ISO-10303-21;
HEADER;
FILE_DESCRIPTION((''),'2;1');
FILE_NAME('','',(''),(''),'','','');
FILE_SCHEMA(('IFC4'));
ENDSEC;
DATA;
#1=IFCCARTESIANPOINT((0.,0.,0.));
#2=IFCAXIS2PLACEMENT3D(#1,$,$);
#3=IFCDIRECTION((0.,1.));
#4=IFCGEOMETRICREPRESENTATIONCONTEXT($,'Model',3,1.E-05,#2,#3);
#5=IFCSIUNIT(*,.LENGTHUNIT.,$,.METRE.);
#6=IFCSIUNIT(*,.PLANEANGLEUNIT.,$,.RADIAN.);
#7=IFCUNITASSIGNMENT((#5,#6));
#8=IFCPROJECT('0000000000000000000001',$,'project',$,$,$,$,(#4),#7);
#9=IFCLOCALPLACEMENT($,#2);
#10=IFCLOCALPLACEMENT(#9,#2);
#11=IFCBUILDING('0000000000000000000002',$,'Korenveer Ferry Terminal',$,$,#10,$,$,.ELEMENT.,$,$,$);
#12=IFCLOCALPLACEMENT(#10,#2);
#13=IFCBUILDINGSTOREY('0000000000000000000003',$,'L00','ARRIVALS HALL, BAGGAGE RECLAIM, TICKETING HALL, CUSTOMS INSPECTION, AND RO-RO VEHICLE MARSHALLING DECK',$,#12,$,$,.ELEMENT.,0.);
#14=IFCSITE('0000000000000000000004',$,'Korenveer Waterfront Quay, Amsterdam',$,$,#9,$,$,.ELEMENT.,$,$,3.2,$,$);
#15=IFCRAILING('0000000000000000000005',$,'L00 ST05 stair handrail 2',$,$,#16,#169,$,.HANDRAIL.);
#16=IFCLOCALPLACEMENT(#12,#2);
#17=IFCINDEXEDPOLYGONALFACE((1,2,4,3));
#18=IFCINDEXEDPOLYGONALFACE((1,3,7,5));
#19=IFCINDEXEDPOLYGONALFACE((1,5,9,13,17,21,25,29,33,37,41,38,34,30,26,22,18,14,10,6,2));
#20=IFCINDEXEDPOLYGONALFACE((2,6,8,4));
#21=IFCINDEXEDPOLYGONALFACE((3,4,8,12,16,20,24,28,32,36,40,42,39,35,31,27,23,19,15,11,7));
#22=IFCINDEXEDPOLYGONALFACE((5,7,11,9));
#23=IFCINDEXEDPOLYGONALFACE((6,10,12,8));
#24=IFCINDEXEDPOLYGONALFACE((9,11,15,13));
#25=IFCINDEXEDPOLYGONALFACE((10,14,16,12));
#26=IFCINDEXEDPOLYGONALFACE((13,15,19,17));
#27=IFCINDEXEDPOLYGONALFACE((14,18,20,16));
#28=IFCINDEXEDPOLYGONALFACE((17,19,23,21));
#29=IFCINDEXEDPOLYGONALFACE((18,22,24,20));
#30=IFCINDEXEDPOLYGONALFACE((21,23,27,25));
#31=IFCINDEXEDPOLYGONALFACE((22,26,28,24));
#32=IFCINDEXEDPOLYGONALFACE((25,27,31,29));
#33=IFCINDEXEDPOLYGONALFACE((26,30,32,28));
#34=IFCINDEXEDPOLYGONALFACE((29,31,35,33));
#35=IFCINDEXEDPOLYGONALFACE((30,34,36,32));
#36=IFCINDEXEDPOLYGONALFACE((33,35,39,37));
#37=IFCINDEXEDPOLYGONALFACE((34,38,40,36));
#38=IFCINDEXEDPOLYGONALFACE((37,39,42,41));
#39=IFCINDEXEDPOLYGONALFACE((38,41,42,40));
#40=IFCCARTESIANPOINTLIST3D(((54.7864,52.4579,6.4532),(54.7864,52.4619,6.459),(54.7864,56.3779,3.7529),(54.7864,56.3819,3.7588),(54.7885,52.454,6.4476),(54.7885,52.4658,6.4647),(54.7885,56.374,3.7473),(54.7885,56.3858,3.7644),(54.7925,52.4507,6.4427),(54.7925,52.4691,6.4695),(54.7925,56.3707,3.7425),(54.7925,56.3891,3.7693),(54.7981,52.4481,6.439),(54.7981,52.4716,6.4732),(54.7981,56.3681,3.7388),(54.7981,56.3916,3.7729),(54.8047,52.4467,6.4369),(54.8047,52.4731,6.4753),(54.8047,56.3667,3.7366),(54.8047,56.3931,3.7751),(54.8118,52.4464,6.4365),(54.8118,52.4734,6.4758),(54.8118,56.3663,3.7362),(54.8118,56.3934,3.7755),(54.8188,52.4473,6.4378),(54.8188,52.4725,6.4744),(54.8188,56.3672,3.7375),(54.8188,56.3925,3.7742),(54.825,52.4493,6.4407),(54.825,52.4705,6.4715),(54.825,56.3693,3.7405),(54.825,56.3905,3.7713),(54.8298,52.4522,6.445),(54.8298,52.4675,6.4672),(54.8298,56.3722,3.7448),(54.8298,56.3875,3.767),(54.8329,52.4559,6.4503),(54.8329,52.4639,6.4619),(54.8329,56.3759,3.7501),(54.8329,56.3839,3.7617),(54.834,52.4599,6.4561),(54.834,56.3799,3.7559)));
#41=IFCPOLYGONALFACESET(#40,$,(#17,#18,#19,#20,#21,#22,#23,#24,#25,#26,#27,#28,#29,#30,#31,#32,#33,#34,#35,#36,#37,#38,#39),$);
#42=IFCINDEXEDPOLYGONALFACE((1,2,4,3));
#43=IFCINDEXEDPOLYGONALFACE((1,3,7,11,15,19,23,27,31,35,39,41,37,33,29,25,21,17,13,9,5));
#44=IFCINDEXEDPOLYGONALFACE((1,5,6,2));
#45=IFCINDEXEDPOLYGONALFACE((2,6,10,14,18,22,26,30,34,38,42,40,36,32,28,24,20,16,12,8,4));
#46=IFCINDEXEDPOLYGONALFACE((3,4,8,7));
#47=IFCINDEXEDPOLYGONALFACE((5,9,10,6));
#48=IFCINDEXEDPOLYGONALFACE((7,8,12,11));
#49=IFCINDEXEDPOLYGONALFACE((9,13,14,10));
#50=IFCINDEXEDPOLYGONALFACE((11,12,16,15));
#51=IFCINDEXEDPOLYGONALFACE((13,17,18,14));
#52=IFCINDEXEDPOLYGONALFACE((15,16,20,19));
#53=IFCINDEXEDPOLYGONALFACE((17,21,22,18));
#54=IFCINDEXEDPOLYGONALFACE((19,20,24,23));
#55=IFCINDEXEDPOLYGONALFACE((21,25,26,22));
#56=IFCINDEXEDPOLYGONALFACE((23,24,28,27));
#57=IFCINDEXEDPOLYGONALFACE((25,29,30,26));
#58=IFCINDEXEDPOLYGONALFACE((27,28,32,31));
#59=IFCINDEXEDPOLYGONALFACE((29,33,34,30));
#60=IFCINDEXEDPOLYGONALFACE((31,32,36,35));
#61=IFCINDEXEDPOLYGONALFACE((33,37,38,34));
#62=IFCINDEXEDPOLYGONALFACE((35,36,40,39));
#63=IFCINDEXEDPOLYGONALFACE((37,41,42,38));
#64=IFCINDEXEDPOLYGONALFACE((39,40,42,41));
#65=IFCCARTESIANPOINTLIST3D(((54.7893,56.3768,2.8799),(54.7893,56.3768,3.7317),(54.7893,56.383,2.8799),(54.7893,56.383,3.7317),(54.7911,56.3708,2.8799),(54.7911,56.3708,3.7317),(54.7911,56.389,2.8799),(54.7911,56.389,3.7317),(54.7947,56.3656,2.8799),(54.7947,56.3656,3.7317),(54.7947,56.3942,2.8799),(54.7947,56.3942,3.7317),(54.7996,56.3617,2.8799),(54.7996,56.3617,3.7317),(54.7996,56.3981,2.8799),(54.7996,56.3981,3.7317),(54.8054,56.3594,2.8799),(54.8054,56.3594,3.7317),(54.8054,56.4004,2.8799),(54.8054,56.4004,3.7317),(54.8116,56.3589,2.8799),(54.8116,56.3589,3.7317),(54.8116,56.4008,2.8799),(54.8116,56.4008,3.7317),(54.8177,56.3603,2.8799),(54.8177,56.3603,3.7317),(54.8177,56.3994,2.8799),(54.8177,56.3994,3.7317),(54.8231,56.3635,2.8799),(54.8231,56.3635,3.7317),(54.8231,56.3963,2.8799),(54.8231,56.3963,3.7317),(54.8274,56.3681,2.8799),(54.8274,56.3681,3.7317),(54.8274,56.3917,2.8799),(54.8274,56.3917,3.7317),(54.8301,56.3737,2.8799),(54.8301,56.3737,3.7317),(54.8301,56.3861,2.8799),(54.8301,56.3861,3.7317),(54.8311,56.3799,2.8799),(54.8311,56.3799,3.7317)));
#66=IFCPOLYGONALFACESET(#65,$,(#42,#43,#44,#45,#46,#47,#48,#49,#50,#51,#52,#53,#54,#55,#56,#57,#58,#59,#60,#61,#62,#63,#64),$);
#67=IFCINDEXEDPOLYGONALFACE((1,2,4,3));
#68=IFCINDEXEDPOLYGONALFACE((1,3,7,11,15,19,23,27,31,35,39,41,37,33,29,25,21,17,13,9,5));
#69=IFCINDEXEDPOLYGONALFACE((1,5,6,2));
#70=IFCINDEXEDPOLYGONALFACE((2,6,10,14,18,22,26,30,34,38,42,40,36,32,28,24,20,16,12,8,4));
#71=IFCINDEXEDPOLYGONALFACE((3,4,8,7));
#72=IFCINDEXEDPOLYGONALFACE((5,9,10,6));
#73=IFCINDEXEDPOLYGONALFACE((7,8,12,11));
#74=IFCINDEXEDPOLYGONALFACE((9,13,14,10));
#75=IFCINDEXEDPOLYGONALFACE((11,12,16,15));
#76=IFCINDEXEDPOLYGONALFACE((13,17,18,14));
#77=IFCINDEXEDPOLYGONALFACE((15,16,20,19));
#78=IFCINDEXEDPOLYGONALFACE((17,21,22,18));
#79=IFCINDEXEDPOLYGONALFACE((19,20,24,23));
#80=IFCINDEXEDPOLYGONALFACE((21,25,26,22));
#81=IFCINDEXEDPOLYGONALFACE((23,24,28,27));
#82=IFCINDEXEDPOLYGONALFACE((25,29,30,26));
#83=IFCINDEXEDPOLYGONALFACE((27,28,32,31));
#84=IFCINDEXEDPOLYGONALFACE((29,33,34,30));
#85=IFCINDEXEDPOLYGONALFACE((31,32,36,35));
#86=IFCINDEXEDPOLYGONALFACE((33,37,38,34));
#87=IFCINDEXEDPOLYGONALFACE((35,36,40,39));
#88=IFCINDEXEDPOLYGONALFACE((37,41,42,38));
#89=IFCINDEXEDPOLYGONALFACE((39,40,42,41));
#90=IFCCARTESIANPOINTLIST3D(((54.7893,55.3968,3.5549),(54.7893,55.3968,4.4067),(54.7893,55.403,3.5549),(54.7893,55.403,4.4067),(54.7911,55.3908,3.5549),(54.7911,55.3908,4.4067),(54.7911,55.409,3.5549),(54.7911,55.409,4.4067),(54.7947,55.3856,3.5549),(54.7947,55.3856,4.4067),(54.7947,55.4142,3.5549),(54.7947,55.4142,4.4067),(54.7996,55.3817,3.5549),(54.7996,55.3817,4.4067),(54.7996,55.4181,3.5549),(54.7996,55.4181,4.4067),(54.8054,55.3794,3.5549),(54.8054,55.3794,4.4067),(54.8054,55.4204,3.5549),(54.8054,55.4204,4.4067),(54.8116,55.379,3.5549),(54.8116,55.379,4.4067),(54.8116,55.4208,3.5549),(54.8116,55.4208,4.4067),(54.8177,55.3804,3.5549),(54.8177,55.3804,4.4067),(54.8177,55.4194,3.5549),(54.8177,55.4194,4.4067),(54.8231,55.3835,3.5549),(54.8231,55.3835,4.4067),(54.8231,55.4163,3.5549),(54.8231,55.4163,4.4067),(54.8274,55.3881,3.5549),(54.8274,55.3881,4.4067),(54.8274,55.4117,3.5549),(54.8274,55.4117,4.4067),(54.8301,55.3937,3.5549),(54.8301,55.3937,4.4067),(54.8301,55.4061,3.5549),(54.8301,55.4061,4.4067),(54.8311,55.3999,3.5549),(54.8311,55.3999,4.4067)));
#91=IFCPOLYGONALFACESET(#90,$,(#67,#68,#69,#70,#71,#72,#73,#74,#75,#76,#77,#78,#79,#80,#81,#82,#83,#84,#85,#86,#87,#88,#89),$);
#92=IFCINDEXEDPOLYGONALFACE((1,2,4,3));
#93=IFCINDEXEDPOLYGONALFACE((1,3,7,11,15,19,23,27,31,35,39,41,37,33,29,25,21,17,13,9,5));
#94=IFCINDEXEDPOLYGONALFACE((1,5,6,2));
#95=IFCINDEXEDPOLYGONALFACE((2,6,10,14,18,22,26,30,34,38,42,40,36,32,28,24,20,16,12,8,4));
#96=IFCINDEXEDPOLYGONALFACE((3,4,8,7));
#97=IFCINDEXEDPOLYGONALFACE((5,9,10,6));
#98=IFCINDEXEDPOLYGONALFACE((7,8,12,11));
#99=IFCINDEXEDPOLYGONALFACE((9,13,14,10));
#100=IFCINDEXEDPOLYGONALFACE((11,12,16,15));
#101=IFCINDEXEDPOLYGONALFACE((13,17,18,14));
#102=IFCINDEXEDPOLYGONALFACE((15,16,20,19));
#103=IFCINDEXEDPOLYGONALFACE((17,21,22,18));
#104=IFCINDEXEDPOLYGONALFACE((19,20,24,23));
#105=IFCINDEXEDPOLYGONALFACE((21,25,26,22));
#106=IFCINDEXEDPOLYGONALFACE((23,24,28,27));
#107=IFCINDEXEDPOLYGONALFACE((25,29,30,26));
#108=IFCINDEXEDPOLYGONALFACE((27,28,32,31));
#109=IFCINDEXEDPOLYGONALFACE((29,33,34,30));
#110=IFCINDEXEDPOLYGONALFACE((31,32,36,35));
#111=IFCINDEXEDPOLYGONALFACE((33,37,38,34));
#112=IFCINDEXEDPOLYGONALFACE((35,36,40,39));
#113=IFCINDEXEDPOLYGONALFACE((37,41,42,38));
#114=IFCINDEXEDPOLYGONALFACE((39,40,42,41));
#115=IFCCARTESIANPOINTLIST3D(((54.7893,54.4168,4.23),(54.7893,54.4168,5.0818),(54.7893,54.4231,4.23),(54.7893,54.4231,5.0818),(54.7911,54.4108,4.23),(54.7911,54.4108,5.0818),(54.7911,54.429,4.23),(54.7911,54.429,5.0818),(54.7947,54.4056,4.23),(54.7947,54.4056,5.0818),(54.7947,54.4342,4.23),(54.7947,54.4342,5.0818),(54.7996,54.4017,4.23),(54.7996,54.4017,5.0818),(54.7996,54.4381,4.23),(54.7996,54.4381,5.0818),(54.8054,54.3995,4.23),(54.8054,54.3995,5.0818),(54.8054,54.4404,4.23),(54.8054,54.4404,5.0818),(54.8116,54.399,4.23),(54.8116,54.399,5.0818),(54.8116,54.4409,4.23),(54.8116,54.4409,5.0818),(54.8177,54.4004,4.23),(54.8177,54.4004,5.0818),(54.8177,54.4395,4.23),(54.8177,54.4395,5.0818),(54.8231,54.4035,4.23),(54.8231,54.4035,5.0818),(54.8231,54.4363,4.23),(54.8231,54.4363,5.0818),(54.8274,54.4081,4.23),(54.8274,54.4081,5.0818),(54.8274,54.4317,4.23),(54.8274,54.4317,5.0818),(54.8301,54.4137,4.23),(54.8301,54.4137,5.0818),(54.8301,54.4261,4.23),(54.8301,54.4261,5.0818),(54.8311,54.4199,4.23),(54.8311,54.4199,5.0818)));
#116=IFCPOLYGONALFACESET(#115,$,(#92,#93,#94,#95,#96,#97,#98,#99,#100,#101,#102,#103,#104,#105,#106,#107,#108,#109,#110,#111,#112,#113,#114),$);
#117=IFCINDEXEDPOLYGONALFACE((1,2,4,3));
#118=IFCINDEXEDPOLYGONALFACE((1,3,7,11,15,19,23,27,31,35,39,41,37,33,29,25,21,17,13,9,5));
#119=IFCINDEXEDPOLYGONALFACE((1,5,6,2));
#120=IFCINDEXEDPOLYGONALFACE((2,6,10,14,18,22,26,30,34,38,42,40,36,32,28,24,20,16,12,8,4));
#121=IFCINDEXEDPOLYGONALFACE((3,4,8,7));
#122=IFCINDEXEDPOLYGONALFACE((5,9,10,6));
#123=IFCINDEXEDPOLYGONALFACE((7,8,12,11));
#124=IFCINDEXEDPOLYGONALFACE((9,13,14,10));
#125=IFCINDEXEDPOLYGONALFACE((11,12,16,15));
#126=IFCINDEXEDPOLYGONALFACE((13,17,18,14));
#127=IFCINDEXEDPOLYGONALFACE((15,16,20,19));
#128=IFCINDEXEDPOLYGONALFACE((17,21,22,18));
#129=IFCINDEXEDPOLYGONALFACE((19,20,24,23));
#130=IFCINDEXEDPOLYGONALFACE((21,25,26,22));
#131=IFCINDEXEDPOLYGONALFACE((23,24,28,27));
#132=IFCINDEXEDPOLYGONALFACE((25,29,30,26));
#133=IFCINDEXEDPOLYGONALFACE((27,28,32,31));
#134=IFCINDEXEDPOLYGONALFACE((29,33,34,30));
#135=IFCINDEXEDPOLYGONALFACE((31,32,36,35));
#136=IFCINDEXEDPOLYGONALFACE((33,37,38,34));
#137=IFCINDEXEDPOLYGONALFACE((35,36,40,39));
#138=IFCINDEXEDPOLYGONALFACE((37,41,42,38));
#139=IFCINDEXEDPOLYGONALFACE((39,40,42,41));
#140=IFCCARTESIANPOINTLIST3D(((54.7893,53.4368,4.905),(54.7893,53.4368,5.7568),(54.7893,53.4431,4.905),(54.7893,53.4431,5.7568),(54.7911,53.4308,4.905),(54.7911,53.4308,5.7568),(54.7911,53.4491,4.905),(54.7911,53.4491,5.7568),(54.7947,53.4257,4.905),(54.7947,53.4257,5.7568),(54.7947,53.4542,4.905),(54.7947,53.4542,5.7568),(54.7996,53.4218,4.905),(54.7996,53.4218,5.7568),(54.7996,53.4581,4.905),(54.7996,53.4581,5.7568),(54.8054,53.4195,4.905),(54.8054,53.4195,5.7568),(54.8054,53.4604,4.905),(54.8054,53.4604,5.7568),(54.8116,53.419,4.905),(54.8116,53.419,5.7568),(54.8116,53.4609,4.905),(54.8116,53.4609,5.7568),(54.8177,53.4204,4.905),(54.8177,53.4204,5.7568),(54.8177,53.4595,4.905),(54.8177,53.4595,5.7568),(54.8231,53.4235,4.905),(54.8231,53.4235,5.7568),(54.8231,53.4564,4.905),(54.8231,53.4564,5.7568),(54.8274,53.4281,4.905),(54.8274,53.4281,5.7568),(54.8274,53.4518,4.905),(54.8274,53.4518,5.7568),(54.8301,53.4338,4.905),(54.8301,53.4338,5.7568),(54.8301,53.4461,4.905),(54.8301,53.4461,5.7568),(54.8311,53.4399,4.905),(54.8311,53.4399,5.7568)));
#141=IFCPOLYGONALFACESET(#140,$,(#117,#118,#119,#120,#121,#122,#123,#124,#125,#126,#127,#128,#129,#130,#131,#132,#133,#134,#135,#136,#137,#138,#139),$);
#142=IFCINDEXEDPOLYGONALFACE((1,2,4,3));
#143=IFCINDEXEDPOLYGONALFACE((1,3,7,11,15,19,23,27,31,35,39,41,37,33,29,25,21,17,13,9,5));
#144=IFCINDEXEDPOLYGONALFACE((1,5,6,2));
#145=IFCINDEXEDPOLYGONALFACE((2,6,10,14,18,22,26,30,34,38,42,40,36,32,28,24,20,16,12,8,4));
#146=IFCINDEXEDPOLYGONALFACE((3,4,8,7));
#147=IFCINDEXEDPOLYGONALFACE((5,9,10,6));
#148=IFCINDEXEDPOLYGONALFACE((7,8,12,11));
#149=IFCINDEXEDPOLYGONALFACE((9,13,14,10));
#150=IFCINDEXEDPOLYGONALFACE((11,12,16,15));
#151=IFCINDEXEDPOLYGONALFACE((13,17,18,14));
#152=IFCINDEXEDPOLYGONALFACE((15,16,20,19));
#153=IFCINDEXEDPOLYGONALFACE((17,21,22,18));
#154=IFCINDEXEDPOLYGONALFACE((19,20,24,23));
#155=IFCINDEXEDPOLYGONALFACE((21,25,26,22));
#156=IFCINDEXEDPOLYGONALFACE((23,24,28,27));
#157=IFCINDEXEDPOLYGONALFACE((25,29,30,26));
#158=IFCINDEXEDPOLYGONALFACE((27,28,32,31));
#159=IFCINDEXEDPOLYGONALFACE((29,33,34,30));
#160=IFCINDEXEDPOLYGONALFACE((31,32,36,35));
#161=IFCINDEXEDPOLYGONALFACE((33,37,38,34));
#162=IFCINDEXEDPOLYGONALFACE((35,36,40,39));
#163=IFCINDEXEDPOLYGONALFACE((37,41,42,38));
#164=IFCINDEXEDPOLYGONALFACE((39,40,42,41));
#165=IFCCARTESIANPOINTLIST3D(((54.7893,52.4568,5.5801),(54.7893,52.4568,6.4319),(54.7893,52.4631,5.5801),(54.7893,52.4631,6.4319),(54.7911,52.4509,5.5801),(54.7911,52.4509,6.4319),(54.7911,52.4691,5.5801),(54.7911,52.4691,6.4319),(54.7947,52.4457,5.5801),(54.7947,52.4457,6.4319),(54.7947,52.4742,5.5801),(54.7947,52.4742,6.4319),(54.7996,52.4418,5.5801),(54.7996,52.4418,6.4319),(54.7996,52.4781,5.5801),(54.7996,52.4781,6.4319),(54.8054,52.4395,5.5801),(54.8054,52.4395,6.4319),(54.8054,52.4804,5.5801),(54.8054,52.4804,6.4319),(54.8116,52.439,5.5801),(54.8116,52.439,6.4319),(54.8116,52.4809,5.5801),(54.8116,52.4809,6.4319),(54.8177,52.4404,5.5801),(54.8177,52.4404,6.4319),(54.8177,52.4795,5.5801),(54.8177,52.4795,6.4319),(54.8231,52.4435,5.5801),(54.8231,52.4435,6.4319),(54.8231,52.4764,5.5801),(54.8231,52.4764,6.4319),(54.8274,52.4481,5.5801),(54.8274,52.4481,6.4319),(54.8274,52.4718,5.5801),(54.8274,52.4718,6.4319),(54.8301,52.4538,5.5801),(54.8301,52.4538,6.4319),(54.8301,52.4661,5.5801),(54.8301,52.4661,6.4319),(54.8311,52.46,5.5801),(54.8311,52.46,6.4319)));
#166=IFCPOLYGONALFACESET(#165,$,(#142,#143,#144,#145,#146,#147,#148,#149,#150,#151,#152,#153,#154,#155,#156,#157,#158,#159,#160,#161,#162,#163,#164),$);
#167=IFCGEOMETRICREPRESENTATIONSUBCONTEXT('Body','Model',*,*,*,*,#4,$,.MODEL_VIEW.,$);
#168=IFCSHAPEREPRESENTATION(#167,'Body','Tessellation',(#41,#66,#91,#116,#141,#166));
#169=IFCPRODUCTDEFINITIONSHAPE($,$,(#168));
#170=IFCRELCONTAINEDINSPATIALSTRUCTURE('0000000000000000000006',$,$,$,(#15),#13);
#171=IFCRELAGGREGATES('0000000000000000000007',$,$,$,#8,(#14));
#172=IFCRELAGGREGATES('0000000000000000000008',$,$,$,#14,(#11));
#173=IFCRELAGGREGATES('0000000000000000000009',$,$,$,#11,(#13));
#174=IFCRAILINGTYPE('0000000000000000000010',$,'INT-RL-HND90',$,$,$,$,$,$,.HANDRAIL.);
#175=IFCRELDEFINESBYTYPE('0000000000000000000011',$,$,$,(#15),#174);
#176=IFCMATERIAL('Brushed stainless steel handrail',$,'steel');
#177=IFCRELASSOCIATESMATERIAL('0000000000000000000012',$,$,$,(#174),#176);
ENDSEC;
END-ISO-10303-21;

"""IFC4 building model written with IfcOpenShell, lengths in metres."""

from ifc_helpers import new_model, si_unit, direction, frame, origin, origin_2d, place, context, subcontext, project, spatial, circle, extrude, material, type_object, element, save


model = new_model("IFC4")

# Units and contexts
model_context = context("Model", 3, precision=1e-05, world=origin(), true_north=direction((0.0, 1.0)))
body_context = subcontext(model_context, "Body", "Model", "MODEL_VIEW")
ifc_project = project(units=[si_unit("LENGTHUNIT", "METRE"), si_unit("PLANEANGLEUNIT", "RADIAN")], contexts=[model_context])

# Site, building, storey
site_placement = place(None, origin())
site = spatial("IfcSite", under=ifc_project, at=site_placement, Name="Korenveer Waterfront Quay, Amsterdam", CompositionType="ELEMENT", RefElevation=3.2)
building_placement = place(site_placement, origin())
building = spatial("IfcBuilding", under=site, at=building_placement, Name="Korenveer Ferry Terminal", CompositionType="ELEMENT")
storey_placement = place(building_placement, origin())
storey = spatial("IfcBuildingStorey", under=building, at=storey_placement, Name="L00", Description="ARRIVALS HALL, BAGGAGE RECLAIM, TICKETING HALL, CUSTOMS INSPECTION, AND RO-RO VEHICLE MARSHALLING DECK", CompositionType="ELEMENT", Elevation=0.0)

# Railing
ifc_material_1 = material(Name="Brushed stainless steel handrail", Category="steel")
railing_type_1 = type_object("IfcRailingType", Name="INT-RL-HND90", PredefinedType="HANDRAIL", material=ifc_material_1)
railing_1_placement = place(storey_placement, frame((54.8101, 56.3799, 2.8799)))
element("IfcRailing", 1, at=railing_1_placement, inside=storey, type_object=railing_type_1, Name="L00 ST05 stair handrail 2", PredefinedType="HANDRAIL", context=body_context, shape_type="SweptSolid", body=[
    extrude(circle(Radius=0.0239, at=origin_2d()), frame((0.0, 0.0, 0.876), z_axis=(0.0, -0.823527, 0.567277), x_axis=(1.0, 0.0, 0.0)), (0.0, 0.0, 1.0), 4.76),
    extrude(circle(Radius=0.021, at=origin_2d()), origin(), (0.0, 0.0, 1.0), 0.8518),
    extrude(circle(Radius=0.021, at=origin_2d()), frame((0.0, -0.98, 0.675)), (0.0, 0.0, 1.0), 0.8518),
    extrude(circle(Radius=0.021, at=origin_2d()), frame((0.0, -1.96, 1.3501)), (0.0, 0.0, 1.0), 0.8518),
    extrude(circle(Radius=0.021, at=origin_2d()), frame((0.0, -2.9399, 2.0251)), (0.0, 0.0, 1.0), 0.8518),
    extrude(circle(Radius=0.021, at=origin_2d()), frame((0.0, -3.9199, 2.7002)), (0.0, 0.0, 1.0), 0.8518),
])

save(model, "model.ifc")
